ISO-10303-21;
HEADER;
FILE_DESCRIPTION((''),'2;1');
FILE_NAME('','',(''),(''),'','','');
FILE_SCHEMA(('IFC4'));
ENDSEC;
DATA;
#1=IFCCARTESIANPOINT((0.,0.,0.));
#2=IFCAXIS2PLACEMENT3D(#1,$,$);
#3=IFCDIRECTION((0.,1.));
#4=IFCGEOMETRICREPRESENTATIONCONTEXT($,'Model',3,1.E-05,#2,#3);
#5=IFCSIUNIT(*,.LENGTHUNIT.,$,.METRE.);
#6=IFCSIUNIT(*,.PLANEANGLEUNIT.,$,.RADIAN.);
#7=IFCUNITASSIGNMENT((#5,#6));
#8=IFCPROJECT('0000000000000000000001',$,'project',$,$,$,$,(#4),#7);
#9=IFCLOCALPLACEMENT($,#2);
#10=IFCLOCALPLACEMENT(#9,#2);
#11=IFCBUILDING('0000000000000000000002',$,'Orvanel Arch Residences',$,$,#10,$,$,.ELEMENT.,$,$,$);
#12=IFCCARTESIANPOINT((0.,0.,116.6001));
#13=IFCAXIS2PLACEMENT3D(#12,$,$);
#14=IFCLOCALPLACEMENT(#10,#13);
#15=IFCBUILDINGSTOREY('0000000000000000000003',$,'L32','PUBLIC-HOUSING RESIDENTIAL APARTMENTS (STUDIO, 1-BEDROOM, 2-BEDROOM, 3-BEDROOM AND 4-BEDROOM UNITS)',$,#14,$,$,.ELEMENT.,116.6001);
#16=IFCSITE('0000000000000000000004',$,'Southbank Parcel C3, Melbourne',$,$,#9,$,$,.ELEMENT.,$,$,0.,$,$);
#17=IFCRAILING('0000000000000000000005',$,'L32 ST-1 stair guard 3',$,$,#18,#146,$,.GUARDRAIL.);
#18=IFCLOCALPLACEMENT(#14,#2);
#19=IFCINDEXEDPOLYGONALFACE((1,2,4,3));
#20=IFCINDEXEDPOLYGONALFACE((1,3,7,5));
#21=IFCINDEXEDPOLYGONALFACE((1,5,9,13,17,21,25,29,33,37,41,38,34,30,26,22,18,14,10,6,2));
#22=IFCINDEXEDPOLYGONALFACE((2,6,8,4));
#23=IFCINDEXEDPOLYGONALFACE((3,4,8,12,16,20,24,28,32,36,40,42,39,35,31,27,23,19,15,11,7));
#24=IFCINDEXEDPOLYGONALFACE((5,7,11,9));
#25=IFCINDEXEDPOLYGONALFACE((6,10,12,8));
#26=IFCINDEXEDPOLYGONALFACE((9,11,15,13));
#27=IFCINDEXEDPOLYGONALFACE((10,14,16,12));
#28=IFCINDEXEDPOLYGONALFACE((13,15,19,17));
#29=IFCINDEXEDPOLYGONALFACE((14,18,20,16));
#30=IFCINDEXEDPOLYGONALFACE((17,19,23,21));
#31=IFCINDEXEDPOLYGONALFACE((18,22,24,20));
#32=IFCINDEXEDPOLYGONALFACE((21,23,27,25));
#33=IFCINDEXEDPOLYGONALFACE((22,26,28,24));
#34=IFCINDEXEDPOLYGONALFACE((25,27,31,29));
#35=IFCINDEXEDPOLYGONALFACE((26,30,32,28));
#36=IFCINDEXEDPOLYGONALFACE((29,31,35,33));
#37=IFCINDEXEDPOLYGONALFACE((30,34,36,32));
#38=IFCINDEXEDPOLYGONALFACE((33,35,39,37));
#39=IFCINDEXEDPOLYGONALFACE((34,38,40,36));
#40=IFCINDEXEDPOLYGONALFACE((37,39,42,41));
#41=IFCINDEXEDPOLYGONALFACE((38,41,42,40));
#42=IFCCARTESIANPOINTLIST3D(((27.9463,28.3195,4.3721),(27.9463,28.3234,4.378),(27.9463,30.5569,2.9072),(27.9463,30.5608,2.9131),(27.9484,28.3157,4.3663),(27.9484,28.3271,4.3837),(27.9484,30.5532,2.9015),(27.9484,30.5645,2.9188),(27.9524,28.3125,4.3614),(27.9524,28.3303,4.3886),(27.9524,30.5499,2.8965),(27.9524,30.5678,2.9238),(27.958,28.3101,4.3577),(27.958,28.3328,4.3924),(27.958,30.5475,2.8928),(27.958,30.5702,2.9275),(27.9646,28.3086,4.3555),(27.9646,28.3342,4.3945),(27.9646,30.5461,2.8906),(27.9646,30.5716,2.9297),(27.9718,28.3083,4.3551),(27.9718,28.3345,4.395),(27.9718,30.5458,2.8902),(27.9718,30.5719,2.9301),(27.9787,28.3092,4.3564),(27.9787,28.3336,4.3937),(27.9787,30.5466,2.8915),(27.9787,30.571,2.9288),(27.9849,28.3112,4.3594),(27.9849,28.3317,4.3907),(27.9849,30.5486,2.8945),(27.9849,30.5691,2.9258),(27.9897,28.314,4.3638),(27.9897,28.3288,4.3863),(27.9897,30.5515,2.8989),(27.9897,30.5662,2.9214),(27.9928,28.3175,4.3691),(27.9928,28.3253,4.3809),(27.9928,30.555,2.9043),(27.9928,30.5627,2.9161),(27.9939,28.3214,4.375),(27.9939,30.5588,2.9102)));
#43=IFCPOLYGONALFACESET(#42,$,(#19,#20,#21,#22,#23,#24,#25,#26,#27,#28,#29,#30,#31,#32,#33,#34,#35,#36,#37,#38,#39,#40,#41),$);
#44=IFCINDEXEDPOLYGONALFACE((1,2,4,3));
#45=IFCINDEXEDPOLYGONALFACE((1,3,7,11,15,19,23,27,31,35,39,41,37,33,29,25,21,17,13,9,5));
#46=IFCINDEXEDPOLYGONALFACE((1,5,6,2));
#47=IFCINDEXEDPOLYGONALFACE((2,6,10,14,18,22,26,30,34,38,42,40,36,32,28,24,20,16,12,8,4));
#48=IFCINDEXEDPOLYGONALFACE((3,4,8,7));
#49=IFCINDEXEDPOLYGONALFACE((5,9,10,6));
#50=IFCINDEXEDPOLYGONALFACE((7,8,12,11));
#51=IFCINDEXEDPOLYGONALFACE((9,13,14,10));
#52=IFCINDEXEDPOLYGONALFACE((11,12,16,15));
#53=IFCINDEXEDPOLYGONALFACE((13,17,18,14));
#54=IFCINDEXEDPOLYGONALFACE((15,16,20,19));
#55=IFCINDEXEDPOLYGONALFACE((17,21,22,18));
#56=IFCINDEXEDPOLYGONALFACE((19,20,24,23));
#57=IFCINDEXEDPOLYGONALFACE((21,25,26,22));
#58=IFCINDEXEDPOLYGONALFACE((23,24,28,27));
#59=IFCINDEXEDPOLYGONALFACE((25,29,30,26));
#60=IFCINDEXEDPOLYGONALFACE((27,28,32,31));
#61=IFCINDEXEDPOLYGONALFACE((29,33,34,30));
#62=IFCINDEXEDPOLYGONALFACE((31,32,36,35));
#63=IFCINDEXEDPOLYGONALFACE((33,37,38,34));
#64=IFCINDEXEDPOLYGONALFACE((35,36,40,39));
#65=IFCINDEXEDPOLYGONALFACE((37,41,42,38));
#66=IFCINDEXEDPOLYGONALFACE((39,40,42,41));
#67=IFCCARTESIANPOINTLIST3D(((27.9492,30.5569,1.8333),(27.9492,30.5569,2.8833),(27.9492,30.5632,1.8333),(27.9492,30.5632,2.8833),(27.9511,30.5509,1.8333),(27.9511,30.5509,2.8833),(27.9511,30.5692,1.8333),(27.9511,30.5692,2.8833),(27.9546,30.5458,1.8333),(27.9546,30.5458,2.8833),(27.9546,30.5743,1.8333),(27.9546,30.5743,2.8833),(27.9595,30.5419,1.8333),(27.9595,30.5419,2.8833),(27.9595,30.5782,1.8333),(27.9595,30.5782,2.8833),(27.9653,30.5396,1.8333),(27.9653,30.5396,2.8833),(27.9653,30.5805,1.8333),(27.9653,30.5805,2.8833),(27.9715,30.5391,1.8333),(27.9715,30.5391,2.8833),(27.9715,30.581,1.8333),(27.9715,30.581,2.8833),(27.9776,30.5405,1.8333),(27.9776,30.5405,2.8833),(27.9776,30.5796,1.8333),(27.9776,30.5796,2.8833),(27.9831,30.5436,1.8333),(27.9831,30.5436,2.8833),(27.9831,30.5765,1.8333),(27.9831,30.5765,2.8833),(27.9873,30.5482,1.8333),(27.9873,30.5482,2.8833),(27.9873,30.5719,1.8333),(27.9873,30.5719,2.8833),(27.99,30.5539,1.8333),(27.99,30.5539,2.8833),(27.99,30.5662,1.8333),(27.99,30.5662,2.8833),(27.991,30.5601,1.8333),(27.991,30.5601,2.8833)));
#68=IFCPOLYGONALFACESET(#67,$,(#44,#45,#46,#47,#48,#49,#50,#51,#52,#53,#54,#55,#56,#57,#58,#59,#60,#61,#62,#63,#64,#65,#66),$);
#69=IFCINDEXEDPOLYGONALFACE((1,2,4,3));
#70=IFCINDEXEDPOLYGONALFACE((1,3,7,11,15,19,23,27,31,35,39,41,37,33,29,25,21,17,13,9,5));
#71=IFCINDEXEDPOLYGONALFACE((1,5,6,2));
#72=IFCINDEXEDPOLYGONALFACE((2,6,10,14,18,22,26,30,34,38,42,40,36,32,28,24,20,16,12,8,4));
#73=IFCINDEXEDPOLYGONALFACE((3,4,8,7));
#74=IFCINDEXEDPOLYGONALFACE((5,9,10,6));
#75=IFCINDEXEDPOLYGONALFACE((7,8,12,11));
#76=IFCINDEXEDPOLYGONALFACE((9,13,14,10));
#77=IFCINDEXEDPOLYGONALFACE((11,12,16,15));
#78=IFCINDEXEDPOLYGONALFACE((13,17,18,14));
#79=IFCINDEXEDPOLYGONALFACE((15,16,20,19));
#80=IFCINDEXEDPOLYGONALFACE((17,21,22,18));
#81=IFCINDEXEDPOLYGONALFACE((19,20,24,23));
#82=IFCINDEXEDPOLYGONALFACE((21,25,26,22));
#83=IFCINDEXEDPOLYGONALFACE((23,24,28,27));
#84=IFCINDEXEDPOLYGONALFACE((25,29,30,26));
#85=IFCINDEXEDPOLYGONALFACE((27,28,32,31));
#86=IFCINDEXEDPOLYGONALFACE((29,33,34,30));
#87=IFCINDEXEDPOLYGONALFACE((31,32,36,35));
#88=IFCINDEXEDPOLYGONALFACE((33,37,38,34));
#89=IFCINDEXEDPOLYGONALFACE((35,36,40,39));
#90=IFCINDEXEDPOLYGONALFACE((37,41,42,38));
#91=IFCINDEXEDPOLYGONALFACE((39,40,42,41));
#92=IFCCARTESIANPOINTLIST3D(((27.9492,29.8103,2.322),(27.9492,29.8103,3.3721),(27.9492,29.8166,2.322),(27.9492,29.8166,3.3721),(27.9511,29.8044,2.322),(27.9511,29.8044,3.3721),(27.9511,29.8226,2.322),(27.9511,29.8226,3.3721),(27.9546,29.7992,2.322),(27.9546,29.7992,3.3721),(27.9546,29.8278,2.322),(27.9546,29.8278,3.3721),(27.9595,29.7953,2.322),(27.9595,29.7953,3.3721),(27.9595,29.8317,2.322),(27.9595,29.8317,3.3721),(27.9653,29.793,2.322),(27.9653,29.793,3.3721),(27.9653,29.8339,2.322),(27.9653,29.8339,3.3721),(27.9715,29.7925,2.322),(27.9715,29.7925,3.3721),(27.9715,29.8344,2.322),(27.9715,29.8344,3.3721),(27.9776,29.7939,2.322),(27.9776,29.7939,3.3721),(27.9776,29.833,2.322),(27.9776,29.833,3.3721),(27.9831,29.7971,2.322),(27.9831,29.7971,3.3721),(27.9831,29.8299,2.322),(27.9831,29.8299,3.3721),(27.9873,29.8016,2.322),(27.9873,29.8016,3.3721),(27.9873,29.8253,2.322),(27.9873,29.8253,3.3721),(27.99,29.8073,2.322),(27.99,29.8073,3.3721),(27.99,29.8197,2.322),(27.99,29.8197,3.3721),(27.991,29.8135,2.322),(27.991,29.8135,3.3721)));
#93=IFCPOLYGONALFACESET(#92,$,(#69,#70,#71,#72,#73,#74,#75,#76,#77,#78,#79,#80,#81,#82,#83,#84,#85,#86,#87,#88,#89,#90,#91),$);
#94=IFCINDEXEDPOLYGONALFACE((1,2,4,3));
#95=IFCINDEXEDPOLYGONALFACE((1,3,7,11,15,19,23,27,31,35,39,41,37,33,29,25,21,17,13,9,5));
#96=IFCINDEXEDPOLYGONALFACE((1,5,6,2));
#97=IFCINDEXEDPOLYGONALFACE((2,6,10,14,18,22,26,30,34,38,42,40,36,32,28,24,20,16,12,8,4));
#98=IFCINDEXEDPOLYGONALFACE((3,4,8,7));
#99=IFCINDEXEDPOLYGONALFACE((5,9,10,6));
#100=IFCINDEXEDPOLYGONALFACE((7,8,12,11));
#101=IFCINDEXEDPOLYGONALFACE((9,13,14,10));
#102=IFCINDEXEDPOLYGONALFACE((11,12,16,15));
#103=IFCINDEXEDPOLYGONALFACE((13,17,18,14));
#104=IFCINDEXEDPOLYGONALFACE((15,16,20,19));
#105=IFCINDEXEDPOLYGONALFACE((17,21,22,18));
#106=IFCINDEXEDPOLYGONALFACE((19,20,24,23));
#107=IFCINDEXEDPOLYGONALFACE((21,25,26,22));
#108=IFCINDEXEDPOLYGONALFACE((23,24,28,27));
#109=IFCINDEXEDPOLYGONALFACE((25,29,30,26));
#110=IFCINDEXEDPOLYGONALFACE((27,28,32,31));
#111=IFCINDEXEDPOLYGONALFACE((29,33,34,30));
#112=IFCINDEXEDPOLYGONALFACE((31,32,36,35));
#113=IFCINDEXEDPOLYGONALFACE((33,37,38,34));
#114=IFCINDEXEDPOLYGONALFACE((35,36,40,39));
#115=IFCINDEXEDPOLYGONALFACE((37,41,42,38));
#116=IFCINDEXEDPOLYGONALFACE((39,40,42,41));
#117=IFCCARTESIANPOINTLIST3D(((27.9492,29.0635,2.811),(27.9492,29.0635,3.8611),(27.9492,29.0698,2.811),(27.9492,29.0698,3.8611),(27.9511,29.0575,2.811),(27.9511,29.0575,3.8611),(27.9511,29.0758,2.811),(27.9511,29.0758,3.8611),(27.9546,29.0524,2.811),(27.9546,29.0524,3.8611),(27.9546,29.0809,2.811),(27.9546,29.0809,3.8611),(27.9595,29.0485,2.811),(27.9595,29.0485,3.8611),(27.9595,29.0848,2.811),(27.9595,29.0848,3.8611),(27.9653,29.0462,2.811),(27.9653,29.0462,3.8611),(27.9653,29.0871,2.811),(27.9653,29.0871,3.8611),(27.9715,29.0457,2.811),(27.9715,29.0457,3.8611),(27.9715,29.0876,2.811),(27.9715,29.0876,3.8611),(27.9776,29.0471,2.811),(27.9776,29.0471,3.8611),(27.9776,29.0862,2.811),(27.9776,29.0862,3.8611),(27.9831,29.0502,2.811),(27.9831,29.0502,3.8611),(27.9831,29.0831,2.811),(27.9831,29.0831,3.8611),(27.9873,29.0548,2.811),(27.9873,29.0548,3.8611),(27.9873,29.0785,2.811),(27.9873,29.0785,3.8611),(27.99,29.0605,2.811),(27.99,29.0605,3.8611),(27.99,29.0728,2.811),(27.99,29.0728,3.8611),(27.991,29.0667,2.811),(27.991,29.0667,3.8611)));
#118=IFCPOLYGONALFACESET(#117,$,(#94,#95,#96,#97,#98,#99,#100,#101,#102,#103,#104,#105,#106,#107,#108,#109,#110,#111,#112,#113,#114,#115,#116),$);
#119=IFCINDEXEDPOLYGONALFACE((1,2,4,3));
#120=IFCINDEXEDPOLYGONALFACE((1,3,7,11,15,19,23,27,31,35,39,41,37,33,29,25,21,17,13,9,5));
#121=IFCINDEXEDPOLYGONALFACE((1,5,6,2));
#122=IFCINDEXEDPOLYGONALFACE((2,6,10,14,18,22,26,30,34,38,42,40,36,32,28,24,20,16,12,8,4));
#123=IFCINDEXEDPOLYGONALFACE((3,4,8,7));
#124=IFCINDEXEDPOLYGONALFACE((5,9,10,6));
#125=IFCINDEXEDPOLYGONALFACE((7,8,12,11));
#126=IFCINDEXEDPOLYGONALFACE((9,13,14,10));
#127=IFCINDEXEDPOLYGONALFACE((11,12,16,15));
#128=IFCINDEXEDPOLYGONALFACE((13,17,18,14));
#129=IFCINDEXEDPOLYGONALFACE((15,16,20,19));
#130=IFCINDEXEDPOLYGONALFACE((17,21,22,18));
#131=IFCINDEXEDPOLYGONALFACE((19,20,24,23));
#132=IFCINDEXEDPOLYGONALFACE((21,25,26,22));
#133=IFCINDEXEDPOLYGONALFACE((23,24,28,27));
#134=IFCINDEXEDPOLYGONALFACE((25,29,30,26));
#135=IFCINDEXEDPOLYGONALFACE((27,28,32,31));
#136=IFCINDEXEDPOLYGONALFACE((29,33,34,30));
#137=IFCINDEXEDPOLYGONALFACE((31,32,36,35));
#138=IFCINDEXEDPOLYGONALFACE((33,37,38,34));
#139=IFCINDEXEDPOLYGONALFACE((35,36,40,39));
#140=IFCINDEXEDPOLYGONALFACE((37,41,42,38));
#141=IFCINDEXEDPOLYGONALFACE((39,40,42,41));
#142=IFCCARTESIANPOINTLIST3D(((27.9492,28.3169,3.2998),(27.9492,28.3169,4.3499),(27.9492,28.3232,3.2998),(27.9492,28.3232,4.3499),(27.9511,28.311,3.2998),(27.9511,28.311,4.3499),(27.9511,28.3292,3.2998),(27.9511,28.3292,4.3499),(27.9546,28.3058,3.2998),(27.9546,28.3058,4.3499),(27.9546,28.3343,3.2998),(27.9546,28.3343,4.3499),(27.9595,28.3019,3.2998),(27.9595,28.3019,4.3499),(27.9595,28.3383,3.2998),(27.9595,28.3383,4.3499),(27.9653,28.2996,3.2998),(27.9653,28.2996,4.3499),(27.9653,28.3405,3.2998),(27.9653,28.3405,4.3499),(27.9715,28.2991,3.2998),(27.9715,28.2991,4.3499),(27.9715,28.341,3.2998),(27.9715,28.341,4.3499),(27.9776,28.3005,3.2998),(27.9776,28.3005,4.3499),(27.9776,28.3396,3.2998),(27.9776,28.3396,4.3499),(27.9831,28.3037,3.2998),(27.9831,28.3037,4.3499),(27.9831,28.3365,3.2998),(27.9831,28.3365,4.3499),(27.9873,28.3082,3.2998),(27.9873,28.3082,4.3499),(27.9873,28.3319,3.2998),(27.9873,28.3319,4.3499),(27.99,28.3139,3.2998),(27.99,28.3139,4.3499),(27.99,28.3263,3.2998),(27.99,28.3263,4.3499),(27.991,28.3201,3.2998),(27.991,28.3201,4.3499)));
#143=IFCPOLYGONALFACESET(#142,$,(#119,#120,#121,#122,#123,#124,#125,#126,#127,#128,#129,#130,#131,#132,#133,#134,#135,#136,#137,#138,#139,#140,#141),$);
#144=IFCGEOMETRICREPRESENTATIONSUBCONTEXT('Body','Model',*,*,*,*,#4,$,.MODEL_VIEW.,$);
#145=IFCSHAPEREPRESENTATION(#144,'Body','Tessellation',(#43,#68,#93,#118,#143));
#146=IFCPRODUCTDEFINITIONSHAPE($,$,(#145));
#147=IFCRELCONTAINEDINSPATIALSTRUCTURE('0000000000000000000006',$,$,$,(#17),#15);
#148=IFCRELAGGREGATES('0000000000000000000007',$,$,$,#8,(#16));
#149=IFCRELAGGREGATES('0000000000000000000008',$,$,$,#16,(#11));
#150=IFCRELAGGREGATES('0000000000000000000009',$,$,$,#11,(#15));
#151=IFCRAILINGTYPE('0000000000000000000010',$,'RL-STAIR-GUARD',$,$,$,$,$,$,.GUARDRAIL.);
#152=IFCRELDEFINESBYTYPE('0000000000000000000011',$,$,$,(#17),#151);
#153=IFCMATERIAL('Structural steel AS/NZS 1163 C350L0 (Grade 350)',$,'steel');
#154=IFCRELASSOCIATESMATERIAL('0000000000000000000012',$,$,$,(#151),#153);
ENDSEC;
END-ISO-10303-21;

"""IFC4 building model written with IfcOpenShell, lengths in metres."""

from ifc_helpers import new_model, si_unit, direction, frame, origin, origin_2d, place, context, subcontext, project, spatial, circle, extrude, material, type_object, element, save


model = new_model("IFC4")

# Units and contexts
model_context = context("Model", 3, precision=1e-05, world=origin(), true_north=direction((0.0, 1.0)))
body_context = subcontext(model_context, "Body", "Model", "MODEL_VIEW")
ifc_project = project(units=[si_unit("LENGTHUNIT", "METRE"), si_unit("PLANEANGLEUNIT", "RADIAN")], contexts=[model_context])

# Site, building, storey
site_placement = place(None, origin())
site = spatial("IfcSite", under=ifc_project, at=site_placement, Name="Southbank Parcel C3, Melbourne", CompositionType="ELEMENT", RefElevation=0.0)
building_placement = place(site_placement, origin())
building = spatial("IfcBuilding", under=site, at=building_placement, Name="Orvanel Arch Residences", CompositionType="ELEMENT")
storey_placement = place(building_placement, frame((0.0, 0.0, 116.6001)))
storey = spatial("IfcBuildingStorey", under=building, at=storey_placement, Name="L32", Description="PUBLIC-HOUSING RESIDENTIAL APARTMENTS (STUDIO, 1-BEDROOM, 2-BEDROOM, 3-BEDROOM AND 4-BEDROOM UNITS)", CompositionType="ELEMENT", Elevation=116.6001)

# Railing
ifc_material_1 = material(Name="Structural steel AS/NZS 1163 C350L0 (Grade 350)", Category="steel")
railing_type_1 = type_object("IfcRailingType", Name="RL-STAIR-GUARD", PredefinedType="GUARDRAIL", material=ifc_material_1)
railing_1_placement = place(storey_placement, frame((27.97, 30.5601, 1.8333)))
element("IfcRailing", 1, at=railing_1_placement, inside=storey, type_object=railing_type_1, Name="L32 ST-1 stair guard 3", PredefinedType="GUARDRAIL", context=body_context, shape_type="SweptSolid", body=[
    extrude(circle(Radius=0.0239, at=origin_2d()), frame((0.0, -0.0012, 1.0769), z_axis=(0.0, -0.836637, 0.547758), x_axis=(1.0, 0.0, 0.0)), (0.0, 0.0, 1.0), 2.6743),
    extrude(circle(Radius=0.021, at=origin_2d()), origin(), (0.0, 0.0, 1.0), 1.05),
    extrude(circle(Radius=0.021, at=origin_2d()), frame((0.0, -0.7466, 0.4888)), (0.0, 0.0, 1.0), 1.05),
    extrude(circle(Radius=0.021, at=origin_2d()), frame((0.0, -1.4934, 0.9778)), (0.0, 0.0, 1.0), 1.05),
    extrude(circle(Radius=0.021, at=origin_2d()), frame((0.0, -2.24, 1.4666)), (0.0, 0.0, 1.0), 1.05),
])

save(model, "model.ifc")
